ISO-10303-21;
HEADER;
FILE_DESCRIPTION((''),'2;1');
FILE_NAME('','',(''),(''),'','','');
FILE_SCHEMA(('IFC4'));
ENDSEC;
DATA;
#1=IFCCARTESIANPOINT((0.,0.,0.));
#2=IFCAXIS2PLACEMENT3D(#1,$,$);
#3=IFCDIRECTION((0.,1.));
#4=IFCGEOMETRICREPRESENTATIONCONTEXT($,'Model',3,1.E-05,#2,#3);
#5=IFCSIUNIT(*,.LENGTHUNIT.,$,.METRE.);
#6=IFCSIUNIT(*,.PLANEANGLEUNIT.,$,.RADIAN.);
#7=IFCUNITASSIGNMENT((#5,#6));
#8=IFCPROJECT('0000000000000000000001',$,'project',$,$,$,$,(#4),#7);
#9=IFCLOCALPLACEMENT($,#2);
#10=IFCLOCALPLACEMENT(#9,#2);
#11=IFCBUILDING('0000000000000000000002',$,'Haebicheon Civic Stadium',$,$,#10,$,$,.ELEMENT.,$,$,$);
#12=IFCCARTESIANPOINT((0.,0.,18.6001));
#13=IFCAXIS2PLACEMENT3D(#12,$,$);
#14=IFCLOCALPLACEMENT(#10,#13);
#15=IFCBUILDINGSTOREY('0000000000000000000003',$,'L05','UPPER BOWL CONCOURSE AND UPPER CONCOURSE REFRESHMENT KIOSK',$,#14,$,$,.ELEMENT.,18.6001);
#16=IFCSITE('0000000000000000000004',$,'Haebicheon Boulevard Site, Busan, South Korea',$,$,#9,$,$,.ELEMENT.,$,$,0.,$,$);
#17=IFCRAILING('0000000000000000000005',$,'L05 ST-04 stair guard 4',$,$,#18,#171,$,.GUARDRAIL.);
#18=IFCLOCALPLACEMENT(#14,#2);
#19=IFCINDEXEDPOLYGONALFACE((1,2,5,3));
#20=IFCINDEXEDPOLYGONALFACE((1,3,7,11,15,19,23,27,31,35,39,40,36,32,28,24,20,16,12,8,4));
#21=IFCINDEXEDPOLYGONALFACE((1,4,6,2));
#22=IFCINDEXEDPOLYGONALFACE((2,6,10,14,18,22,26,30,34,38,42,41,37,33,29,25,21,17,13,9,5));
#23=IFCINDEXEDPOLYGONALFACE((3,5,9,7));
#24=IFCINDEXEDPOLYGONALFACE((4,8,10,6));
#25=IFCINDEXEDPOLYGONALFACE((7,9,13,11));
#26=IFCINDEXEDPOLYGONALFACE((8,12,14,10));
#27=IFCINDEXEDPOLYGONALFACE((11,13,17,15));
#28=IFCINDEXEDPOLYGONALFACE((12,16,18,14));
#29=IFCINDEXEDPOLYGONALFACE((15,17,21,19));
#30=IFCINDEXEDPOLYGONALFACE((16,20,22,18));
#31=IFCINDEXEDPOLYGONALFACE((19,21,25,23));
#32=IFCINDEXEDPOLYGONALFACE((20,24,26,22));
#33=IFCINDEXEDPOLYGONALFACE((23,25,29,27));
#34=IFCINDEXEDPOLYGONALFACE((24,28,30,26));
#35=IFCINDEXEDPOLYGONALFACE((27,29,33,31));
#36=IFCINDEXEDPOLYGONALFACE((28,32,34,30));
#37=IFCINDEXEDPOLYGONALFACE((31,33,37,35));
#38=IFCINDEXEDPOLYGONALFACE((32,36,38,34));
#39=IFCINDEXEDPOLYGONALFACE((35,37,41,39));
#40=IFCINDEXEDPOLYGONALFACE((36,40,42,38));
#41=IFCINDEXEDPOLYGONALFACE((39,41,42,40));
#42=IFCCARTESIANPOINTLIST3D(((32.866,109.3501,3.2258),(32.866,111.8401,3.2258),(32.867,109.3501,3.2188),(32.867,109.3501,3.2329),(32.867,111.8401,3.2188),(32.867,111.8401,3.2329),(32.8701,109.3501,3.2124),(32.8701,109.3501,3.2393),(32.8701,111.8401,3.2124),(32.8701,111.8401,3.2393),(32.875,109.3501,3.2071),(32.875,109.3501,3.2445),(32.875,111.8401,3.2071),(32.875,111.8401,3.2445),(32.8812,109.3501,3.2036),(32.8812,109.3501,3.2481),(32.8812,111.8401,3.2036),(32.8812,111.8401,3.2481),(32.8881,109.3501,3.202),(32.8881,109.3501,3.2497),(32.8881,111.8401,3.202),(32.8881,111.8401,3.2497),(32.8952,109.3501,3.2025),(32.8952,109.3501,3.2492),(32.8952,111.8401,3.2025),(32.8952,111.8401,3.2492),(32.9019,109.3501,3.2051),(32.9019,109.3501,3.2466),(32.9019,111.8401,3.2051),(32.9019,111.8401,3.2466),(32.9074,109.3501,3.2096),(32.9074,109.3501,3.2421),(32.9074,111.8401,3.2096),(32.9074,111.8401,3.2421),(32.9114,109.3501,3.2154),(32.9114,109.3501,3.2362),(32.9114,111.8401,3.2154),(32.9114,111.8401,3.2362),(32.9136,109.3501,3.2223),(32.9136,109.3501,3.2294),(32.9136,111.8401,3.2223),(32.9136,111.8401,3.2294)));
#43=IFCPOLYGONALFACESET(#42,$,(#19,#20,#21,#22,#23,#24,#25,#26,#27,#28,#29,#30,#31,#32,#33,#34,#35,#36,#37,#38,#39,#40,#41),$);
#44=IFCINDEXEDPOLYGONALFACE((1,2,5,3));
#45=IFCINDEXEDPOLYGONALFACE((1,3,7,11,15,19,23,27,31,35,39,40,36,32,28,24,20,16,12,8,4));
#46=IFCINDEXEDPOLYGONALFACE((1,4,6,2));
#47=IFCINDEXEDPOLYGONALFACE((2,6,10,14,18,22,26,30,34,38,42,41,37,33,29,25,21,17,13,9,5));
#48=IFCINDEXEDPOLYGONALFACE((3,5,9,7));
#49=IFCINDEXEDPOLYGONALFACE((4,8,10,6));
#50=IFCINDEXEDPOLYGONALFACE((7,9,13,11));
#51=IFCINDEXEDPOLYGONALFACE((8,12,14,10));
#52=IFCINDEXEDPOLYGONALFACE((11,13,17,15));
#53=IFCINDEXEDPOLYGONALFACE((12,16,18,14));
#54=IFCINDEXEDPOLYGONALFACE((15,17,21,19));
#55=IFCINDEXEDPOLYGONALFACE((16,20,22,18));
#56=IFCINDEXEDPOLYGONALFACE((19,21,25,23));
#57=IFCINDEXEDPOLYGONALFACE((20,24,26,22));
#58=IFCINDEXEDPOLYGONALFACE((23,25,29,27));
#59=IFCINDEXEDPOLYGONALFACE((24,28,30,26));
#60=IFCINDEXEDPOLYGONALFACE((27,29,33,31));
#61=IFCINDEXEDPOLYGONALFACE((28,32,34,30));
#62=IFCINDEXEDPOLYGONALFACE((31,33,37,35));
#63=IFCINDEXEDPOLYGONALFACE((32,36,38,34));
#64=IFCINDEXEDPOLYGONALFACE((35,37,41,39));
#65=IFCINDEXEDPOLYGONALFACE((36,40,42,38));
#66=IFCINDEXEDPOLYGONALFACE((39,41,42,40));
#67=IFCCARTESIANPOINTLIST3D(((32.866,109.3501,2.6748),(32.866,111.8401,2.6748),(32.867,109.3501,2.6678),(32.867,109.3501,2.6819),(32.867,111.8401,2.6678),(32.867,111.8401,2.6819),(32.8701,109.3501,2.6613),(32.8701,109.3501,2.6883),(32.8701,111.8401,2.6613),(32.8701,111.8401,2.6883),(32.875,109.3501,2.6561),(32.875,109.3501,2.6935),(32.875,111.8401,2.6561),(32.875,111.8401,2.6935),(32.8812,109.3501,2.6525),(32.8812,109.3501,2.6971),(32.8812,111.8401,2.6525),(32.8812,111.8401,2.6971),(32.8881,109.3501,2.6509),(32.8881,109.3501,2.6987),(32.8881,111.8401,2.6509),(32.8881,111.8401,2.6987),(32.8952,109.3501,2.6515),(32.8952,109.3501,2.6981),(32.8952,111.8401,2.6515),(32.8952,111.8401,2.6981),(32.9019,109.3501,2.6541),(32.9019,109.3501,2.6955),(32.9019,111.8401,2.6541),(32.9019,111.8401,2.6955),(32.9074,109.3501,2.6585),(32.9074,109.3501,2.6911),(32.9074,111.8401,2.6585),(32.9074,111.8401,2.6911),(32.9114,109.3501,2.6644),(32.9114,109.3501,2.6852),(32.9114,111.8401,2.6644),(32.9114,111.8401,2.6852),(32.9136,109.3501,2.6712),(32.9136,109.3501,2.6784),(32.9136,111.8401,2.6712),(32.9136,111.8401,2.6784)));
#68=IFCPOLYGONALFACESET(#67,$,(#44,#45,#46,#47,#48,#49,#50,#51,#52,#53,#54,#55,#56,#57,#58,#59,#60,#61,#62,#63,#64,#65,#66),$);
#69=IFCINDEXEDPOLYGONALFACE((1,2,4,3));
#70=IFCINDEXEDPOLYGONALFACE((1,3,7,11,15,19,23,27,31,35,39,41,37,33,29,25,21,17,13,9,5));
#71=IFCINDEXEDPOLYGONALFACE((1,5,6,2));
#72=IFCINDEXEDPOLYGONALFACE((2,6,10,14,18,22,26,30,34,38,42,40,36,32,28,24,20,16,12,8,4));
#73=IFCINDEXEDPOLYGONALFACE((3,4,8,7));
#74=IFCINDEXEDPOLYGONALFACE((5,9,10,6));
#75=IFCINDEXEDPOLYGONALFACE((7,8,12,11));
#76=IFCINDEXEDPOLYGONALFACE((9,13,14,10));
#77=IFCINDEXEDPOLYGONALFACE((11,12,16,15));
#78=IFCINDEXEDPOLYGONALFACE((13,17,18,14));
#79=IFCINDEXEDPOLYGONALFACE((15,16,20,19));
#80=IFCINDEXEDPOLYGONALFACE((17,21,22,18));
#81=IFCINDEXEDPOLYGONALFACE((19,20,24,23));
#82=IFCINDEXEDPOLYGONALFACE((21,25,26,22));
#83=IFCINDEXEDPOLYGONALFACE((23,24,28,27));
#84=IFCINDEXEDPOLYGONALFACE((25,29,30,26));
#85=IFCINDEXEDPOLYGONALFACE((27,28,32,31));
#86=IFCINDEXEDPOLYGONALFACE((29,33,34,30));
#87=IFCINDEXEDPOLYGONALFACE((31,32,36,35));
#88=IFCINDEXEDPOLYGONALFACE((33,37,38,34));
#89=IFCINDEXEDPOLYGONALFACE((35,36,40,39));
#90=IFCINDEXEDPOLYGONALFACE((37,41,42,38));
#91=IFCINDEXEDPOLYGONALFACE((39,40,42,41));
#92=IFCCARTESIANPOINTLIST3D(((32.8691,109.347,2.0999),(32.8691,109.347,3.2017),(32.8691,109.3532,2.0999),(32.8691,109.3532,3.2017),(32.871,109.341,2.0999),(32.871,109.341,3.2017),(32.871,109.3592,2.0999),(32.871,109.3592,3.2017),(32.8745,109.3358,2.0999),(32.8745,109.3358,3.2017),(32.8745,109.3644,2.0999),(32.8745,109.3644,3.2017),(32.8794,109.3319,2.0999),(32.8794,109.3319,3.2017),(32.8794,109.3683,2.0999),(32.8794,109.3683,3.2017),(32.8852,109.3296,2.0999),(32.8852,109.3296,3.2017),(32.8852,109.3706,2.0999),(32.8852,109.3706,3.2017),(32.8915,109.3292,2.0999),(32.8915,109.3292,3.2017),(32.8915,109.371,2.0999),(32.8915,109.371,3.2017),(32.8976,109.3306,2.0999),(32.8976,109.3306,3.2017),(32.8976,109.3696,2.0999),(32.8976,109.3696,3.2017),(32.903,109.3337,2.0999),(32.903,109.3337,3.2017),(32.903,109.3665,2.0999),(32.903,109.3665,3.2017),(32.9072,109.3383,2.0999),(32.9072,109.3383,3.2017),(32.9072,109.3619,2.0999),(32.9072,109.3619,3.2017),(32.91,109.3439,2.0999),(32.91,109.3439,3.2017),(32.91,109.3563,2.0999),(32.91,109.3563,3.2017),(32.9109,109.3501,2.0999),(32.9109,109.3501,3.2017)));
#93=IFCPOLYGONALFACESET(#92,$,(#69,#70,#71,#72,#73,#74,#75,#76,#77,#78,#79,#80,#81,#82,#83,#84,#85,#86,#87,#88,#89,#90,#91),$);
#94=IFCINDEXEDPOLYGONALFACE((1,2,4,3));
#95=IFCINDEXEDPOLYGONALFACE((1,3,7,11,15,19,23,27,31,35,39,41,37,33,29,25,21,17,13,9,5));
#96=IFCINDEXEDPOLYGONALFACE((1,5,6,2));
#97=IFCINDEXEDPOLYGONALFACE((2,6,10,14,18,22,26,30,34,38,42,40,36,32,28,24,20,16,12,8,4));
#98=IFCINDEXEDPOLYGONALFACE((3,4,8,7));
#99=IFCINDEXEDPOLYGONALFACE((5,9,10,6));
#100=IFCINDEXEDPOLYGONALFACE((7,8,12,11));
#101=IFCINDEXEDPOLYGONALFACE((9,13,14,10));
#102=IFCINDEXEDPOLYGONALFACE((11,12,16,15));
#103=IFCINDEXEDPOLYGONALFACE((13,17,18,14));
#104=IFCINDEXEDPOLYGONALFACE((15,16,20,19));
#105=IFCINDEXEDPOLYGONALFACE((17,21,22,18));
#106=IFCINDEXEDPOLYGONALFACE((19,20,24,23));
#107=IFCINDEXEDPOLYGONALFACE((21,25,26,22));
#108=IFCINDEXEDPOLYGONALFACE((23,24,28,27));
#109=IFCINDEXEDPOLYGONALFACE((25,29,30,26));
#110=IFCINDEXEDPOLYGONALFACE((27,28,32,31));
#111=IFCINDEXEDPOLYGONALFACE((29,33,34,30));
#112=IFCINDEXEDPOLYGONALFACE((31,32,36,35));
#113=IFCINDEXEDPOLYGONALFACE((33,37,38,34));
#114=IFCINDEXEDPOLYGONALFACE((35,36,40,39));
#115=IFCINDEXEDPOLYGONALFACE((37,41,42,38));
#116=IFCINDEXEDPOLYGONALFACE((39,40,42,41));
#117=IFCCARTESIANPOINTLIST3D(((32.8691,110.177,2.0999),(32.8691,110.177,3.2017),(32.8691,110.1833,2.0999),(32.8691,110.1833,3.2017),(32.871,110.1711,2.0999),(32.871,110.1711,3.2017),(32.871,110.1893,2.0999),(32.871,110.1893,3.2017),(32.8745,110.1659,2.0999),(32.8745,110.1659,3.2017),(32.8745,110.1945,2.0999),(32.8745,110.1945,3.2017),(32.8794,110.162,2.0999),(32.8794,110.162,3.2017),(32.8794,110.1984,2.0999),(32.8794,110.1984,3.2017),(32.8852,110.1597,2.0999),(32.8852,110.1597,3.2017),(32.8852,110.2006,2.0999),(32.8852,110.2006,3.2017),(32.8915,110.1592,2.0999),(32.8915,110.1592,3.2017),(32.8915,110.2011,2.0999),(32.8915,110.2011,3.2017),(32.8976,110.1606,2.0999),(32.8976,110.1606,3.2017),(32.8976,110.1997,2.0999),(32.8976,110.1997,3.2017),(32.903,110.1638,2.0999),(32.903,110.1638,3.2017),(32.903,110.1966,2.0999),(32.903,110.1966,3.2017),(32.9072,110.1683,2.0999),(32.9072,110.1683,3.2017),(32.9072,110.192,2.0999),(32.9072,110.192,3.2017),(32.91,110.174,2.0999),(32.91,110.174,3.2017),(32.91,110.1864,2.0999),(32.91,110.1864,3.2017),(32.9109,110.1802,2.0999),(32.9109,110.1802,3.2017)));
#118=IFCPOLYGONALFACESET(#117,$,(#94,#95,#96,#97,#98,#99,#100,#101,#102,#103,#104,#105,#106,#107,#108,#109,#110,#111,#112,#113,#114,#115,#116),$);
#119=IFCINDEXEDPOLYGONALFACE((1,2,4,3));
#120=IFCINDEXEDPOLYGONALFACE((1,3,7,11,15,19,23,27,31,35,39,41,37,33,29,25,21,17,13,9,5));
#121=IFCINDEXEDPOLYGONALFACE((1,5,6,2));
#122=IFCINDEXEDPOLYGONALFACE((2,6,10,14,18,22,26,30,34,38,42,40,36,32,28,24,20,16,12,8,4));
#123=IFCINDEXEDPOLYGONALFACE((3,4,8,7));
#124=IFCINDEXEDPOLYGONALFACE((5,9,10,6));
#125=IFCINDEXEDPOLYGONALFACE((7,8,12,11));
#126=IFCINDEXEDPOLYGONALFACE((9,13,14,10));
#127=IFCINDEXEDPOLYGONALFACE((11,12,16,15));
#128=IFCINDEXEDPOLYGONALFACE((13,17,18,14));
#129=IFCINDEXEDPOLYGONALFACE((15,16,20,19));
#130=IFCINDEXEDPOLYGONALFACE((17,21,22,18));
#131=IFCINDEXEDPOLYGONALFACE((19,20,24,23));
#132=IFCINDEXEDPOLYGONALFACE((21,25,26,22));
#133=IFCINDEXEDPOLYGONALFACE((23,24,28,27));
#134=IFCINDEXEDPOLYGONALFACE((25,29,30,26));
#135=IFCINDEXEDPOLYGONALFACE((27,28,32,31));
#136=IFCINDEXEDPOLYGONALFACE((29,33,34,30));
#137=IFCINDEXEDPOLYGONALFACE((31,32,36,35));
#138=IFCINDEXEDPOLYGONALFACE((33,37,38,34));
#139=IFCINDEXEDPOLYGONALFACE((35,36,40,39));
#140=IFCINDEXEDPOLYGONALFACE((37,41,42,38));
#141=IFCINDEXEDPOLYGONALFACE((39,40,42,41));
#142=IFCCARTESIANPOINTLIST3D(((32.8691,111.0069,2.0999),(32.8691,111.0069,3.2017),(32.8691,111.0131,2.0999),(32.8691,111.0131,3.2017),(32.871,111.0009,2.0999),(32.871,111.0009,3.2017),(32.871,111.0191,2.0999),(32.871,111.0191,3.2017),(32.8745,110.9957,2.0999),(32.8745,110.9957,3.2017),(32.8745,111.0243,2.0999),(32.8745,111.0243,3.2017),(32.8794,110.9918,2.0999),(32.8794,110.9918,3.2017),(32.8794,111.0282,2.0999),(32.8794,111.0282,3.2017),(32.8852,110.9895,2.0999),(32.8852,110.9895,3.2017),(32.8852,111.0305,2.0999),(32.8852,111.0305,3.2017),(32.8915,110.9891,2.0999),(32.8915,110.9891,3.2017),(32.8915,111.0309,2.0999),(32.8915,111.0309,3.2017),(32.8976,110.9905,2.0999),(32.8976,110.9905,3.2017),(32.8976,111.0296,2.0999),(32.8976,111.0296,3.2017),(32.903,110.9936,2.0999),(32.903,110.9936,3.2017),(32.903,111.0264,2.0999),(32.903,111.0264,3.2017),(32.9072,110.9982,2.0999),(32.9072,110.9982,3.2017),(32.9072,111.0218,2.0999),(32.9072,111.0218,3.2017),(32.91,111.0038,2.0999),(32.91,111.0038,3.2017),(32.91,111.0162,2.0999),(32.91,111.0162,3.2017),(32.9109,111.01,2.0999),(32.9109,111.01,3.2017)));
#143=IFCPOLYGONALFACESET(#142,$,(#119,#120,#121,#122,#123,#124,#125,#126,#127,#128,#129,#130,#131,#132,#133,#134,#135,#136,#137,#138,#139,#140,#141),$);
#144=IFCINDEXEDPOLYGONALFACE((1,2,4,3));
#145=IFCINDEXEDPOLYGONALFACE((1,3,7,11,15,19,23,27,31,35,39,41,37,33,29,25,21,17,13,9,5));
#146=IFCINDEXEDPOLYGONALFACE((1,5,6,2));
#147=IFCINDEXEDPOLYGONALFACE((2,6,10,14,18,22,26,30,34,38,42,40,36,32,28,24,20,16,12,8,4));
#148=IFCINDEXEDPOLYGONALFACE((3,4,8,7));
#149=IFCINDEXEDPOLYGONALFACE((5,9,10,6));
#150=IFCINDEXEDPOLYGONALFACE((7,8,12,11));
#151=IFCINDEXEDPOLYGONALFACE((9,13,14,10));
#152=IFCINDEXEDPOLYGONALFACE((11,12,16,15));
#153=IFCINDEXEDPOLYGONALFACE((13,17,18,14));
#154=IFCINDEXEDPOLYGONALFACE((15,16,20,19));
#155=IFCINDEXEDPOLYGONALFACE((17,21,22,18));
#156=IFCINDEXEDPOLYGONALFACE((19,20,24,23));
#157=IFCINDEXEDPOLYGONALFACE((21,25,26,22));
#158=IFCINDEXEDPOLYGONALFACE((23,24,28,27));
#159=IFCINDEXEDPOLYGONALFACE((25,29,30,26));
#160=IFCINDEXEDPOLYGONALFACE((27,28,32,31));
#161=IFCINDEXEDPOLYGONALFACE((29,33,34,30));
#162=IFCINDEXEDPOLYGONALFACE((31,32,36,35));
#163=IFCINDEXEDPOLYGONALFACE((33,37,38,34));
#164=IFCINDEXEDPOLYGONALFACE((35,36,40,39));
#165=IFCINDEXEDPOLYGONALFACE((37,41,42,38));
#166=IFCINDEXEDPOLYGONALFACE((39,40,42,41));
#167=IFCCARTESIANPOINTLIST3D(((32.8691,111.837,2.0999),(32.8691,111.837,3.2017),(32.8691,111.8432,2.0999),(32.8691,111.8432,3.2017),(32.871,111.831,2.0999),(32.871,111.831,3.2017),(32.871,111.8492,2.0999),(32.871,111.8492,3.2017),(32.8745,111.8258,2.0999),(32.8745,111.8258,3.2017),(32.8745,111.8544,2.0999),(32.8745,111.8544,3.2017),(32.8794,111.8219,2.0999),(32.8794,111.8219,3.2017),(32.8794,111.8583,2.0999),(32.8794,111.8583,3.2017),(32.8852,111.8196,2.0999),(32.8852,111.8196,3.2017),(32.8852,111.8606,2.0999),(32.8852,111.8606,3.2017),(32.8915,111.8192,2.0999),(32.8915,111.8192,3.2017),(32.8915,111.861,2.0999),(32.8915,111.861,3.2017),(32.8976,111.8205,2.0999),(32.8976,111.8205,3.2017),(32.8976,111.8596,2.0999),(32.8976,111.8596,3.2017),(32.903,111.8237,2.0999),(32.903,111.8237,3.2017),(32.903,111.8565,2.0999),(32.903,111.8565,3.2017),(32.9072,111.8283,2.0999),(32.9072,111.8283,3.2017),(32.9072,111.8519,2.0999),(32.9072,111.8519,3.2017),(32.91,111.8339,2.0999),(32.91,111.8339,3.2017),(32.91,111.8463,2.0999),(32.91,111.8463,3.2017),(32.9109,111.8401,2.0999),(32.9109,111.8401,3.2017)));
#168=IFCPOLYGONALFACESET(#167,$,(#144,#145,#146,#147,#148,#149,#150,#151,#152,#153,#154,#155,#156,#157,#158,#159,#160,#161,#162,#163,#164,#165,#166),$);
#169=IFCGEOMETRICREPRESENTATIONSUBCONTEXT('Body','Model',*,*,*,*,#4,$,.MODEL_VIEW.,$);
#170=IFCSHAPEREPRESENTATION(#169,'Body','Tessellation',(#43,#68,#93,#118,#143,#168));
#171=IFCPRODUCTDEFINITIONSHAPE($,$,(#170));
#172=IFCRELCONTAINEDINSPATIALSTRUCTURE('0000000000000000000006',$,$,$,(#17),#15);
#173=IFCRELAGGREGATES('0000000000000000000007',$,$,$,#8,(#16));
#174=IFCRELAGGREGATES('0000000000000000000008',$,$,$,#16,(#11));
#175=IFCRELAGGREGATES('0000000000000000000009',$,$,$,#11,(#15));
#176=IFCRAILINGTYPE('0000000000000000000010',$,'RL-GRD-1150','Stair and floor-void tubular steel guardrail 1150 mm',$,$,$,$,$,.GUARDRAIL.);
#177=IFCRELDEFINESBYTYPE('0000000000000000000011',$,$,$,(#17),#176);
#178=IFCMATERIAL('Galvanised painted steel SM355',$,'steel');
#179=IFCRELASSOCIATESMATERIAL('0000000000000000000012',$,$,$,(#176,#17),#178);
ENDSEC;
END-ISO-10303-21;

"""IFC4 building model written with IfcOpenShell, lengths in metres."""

from ifc_helpers import new_model, si_unit, direction, frame, origin, origin_2d, place, context, subcontext, project, spatial, circle, extrude, material, type_object, element, save


model = new_model("IFC4")

# Units and contexts
model_context = context("Model", 3, precision=1e-05, world=origin(), true_north=direction((0.0, 1.0)))
body_context = subcontext(model_context, "Body", "Model", "MODEL_VIEW")
ifc_project = project(units=[si_unit("LENGTHUNIT", "METRE"), si_unit("PLANEANGLEUNIT", "RADIAN")], contexts=[model_context])

# Site, building, storey
site_placement = place(None, origin())
site = spatial("IfcSite", under=ifc_project, at=site_placement, Name="Haebicheon Boulevard Site, Busan, South Korea", CompositionType="ELEMENT", RefElevation=0.0)
building_placement = place(site_placement, origin())
building = spatial("IfcBuilding", under=site, at=building_placement, Name="Haebicheon Civic Stadium", CompositionType="ELEMENT")
storey_placement = place(building_placement, frame((0.0, 0.0, 18.6001)))
storey = spatial("IfcBuildingStorey", under=building, at=storey_placement, Name="L05", Description="UPPER BOWL CONCOURSE AND UPPER CONCOURSE REFRESHMENT KIOSK", CompositionType="ELEMENT", Elevation=18.6001)

# Railing
ifc_material_1 = material(Name="Galvanised painted steel SM355", Category="steel")
railing_type_1 = type_object("IfcRailingType", Name="RL-GRD-1150", Description="Stair and floor-void tubular steel guardrail 1150 mm", PredefinedType="GUARDRAIL", material=ifc_material_1)
for number, where, name in (
    (1, (32.8899, 109.3501, 2.0999), "L05 ST-04 stair guard 4"),
):
    element("IfcRailing", number, at=place(storey_placement, frame(where)), inside=storey, type_object=railing_type_1, material=ifc_material_1, Name=name, PredefinedType="GUARDRAIL", context=body_context, shape_type="SweptSolid", body=[
        extrude(circle(Radius=0.0239, at=origin_2d()), frame((0.0, 0.0, 1.126), z_axis=(0.0, 1.0, 0.0), x_axis=(-1.0, 0.0, 0.0)), (0.0, 0.0, 1.0), 2.49),
        extrude(circle(Radius=0.0239, at=origin_2d()), frame((0.0, 0.0, 0.575), z_axis=(0.0, 1.0, 0.0), x_axis=(-1.0, 0.0, 0.0)), (0.0, 0.0, 1.0), 2.49),
        extrude(circle(Radius=0.021, at=origin_2d()), origin(), (0.0, 0.0, 1.0), 1.1018),
        extrude(circle(Radius=0.021, at=origin_2d()), frame((0.0, 0.8301, 0.0)), (0.0, 0.0, 1.0), 1.1018),
        extrude(circle(Radius=0.021, at=origin_2d()), frame((0.0, 1.6599, 0.0)), (0.0, 0.0, 1.0), 1.1018),
        extrude(circle(Radius=0.021, at=origin_2d()), frame((0.0, 2.49, 0.0)), (0.0, 0.0, 1.0), 1.1018),
    ])

save(model, "model.ifc")
